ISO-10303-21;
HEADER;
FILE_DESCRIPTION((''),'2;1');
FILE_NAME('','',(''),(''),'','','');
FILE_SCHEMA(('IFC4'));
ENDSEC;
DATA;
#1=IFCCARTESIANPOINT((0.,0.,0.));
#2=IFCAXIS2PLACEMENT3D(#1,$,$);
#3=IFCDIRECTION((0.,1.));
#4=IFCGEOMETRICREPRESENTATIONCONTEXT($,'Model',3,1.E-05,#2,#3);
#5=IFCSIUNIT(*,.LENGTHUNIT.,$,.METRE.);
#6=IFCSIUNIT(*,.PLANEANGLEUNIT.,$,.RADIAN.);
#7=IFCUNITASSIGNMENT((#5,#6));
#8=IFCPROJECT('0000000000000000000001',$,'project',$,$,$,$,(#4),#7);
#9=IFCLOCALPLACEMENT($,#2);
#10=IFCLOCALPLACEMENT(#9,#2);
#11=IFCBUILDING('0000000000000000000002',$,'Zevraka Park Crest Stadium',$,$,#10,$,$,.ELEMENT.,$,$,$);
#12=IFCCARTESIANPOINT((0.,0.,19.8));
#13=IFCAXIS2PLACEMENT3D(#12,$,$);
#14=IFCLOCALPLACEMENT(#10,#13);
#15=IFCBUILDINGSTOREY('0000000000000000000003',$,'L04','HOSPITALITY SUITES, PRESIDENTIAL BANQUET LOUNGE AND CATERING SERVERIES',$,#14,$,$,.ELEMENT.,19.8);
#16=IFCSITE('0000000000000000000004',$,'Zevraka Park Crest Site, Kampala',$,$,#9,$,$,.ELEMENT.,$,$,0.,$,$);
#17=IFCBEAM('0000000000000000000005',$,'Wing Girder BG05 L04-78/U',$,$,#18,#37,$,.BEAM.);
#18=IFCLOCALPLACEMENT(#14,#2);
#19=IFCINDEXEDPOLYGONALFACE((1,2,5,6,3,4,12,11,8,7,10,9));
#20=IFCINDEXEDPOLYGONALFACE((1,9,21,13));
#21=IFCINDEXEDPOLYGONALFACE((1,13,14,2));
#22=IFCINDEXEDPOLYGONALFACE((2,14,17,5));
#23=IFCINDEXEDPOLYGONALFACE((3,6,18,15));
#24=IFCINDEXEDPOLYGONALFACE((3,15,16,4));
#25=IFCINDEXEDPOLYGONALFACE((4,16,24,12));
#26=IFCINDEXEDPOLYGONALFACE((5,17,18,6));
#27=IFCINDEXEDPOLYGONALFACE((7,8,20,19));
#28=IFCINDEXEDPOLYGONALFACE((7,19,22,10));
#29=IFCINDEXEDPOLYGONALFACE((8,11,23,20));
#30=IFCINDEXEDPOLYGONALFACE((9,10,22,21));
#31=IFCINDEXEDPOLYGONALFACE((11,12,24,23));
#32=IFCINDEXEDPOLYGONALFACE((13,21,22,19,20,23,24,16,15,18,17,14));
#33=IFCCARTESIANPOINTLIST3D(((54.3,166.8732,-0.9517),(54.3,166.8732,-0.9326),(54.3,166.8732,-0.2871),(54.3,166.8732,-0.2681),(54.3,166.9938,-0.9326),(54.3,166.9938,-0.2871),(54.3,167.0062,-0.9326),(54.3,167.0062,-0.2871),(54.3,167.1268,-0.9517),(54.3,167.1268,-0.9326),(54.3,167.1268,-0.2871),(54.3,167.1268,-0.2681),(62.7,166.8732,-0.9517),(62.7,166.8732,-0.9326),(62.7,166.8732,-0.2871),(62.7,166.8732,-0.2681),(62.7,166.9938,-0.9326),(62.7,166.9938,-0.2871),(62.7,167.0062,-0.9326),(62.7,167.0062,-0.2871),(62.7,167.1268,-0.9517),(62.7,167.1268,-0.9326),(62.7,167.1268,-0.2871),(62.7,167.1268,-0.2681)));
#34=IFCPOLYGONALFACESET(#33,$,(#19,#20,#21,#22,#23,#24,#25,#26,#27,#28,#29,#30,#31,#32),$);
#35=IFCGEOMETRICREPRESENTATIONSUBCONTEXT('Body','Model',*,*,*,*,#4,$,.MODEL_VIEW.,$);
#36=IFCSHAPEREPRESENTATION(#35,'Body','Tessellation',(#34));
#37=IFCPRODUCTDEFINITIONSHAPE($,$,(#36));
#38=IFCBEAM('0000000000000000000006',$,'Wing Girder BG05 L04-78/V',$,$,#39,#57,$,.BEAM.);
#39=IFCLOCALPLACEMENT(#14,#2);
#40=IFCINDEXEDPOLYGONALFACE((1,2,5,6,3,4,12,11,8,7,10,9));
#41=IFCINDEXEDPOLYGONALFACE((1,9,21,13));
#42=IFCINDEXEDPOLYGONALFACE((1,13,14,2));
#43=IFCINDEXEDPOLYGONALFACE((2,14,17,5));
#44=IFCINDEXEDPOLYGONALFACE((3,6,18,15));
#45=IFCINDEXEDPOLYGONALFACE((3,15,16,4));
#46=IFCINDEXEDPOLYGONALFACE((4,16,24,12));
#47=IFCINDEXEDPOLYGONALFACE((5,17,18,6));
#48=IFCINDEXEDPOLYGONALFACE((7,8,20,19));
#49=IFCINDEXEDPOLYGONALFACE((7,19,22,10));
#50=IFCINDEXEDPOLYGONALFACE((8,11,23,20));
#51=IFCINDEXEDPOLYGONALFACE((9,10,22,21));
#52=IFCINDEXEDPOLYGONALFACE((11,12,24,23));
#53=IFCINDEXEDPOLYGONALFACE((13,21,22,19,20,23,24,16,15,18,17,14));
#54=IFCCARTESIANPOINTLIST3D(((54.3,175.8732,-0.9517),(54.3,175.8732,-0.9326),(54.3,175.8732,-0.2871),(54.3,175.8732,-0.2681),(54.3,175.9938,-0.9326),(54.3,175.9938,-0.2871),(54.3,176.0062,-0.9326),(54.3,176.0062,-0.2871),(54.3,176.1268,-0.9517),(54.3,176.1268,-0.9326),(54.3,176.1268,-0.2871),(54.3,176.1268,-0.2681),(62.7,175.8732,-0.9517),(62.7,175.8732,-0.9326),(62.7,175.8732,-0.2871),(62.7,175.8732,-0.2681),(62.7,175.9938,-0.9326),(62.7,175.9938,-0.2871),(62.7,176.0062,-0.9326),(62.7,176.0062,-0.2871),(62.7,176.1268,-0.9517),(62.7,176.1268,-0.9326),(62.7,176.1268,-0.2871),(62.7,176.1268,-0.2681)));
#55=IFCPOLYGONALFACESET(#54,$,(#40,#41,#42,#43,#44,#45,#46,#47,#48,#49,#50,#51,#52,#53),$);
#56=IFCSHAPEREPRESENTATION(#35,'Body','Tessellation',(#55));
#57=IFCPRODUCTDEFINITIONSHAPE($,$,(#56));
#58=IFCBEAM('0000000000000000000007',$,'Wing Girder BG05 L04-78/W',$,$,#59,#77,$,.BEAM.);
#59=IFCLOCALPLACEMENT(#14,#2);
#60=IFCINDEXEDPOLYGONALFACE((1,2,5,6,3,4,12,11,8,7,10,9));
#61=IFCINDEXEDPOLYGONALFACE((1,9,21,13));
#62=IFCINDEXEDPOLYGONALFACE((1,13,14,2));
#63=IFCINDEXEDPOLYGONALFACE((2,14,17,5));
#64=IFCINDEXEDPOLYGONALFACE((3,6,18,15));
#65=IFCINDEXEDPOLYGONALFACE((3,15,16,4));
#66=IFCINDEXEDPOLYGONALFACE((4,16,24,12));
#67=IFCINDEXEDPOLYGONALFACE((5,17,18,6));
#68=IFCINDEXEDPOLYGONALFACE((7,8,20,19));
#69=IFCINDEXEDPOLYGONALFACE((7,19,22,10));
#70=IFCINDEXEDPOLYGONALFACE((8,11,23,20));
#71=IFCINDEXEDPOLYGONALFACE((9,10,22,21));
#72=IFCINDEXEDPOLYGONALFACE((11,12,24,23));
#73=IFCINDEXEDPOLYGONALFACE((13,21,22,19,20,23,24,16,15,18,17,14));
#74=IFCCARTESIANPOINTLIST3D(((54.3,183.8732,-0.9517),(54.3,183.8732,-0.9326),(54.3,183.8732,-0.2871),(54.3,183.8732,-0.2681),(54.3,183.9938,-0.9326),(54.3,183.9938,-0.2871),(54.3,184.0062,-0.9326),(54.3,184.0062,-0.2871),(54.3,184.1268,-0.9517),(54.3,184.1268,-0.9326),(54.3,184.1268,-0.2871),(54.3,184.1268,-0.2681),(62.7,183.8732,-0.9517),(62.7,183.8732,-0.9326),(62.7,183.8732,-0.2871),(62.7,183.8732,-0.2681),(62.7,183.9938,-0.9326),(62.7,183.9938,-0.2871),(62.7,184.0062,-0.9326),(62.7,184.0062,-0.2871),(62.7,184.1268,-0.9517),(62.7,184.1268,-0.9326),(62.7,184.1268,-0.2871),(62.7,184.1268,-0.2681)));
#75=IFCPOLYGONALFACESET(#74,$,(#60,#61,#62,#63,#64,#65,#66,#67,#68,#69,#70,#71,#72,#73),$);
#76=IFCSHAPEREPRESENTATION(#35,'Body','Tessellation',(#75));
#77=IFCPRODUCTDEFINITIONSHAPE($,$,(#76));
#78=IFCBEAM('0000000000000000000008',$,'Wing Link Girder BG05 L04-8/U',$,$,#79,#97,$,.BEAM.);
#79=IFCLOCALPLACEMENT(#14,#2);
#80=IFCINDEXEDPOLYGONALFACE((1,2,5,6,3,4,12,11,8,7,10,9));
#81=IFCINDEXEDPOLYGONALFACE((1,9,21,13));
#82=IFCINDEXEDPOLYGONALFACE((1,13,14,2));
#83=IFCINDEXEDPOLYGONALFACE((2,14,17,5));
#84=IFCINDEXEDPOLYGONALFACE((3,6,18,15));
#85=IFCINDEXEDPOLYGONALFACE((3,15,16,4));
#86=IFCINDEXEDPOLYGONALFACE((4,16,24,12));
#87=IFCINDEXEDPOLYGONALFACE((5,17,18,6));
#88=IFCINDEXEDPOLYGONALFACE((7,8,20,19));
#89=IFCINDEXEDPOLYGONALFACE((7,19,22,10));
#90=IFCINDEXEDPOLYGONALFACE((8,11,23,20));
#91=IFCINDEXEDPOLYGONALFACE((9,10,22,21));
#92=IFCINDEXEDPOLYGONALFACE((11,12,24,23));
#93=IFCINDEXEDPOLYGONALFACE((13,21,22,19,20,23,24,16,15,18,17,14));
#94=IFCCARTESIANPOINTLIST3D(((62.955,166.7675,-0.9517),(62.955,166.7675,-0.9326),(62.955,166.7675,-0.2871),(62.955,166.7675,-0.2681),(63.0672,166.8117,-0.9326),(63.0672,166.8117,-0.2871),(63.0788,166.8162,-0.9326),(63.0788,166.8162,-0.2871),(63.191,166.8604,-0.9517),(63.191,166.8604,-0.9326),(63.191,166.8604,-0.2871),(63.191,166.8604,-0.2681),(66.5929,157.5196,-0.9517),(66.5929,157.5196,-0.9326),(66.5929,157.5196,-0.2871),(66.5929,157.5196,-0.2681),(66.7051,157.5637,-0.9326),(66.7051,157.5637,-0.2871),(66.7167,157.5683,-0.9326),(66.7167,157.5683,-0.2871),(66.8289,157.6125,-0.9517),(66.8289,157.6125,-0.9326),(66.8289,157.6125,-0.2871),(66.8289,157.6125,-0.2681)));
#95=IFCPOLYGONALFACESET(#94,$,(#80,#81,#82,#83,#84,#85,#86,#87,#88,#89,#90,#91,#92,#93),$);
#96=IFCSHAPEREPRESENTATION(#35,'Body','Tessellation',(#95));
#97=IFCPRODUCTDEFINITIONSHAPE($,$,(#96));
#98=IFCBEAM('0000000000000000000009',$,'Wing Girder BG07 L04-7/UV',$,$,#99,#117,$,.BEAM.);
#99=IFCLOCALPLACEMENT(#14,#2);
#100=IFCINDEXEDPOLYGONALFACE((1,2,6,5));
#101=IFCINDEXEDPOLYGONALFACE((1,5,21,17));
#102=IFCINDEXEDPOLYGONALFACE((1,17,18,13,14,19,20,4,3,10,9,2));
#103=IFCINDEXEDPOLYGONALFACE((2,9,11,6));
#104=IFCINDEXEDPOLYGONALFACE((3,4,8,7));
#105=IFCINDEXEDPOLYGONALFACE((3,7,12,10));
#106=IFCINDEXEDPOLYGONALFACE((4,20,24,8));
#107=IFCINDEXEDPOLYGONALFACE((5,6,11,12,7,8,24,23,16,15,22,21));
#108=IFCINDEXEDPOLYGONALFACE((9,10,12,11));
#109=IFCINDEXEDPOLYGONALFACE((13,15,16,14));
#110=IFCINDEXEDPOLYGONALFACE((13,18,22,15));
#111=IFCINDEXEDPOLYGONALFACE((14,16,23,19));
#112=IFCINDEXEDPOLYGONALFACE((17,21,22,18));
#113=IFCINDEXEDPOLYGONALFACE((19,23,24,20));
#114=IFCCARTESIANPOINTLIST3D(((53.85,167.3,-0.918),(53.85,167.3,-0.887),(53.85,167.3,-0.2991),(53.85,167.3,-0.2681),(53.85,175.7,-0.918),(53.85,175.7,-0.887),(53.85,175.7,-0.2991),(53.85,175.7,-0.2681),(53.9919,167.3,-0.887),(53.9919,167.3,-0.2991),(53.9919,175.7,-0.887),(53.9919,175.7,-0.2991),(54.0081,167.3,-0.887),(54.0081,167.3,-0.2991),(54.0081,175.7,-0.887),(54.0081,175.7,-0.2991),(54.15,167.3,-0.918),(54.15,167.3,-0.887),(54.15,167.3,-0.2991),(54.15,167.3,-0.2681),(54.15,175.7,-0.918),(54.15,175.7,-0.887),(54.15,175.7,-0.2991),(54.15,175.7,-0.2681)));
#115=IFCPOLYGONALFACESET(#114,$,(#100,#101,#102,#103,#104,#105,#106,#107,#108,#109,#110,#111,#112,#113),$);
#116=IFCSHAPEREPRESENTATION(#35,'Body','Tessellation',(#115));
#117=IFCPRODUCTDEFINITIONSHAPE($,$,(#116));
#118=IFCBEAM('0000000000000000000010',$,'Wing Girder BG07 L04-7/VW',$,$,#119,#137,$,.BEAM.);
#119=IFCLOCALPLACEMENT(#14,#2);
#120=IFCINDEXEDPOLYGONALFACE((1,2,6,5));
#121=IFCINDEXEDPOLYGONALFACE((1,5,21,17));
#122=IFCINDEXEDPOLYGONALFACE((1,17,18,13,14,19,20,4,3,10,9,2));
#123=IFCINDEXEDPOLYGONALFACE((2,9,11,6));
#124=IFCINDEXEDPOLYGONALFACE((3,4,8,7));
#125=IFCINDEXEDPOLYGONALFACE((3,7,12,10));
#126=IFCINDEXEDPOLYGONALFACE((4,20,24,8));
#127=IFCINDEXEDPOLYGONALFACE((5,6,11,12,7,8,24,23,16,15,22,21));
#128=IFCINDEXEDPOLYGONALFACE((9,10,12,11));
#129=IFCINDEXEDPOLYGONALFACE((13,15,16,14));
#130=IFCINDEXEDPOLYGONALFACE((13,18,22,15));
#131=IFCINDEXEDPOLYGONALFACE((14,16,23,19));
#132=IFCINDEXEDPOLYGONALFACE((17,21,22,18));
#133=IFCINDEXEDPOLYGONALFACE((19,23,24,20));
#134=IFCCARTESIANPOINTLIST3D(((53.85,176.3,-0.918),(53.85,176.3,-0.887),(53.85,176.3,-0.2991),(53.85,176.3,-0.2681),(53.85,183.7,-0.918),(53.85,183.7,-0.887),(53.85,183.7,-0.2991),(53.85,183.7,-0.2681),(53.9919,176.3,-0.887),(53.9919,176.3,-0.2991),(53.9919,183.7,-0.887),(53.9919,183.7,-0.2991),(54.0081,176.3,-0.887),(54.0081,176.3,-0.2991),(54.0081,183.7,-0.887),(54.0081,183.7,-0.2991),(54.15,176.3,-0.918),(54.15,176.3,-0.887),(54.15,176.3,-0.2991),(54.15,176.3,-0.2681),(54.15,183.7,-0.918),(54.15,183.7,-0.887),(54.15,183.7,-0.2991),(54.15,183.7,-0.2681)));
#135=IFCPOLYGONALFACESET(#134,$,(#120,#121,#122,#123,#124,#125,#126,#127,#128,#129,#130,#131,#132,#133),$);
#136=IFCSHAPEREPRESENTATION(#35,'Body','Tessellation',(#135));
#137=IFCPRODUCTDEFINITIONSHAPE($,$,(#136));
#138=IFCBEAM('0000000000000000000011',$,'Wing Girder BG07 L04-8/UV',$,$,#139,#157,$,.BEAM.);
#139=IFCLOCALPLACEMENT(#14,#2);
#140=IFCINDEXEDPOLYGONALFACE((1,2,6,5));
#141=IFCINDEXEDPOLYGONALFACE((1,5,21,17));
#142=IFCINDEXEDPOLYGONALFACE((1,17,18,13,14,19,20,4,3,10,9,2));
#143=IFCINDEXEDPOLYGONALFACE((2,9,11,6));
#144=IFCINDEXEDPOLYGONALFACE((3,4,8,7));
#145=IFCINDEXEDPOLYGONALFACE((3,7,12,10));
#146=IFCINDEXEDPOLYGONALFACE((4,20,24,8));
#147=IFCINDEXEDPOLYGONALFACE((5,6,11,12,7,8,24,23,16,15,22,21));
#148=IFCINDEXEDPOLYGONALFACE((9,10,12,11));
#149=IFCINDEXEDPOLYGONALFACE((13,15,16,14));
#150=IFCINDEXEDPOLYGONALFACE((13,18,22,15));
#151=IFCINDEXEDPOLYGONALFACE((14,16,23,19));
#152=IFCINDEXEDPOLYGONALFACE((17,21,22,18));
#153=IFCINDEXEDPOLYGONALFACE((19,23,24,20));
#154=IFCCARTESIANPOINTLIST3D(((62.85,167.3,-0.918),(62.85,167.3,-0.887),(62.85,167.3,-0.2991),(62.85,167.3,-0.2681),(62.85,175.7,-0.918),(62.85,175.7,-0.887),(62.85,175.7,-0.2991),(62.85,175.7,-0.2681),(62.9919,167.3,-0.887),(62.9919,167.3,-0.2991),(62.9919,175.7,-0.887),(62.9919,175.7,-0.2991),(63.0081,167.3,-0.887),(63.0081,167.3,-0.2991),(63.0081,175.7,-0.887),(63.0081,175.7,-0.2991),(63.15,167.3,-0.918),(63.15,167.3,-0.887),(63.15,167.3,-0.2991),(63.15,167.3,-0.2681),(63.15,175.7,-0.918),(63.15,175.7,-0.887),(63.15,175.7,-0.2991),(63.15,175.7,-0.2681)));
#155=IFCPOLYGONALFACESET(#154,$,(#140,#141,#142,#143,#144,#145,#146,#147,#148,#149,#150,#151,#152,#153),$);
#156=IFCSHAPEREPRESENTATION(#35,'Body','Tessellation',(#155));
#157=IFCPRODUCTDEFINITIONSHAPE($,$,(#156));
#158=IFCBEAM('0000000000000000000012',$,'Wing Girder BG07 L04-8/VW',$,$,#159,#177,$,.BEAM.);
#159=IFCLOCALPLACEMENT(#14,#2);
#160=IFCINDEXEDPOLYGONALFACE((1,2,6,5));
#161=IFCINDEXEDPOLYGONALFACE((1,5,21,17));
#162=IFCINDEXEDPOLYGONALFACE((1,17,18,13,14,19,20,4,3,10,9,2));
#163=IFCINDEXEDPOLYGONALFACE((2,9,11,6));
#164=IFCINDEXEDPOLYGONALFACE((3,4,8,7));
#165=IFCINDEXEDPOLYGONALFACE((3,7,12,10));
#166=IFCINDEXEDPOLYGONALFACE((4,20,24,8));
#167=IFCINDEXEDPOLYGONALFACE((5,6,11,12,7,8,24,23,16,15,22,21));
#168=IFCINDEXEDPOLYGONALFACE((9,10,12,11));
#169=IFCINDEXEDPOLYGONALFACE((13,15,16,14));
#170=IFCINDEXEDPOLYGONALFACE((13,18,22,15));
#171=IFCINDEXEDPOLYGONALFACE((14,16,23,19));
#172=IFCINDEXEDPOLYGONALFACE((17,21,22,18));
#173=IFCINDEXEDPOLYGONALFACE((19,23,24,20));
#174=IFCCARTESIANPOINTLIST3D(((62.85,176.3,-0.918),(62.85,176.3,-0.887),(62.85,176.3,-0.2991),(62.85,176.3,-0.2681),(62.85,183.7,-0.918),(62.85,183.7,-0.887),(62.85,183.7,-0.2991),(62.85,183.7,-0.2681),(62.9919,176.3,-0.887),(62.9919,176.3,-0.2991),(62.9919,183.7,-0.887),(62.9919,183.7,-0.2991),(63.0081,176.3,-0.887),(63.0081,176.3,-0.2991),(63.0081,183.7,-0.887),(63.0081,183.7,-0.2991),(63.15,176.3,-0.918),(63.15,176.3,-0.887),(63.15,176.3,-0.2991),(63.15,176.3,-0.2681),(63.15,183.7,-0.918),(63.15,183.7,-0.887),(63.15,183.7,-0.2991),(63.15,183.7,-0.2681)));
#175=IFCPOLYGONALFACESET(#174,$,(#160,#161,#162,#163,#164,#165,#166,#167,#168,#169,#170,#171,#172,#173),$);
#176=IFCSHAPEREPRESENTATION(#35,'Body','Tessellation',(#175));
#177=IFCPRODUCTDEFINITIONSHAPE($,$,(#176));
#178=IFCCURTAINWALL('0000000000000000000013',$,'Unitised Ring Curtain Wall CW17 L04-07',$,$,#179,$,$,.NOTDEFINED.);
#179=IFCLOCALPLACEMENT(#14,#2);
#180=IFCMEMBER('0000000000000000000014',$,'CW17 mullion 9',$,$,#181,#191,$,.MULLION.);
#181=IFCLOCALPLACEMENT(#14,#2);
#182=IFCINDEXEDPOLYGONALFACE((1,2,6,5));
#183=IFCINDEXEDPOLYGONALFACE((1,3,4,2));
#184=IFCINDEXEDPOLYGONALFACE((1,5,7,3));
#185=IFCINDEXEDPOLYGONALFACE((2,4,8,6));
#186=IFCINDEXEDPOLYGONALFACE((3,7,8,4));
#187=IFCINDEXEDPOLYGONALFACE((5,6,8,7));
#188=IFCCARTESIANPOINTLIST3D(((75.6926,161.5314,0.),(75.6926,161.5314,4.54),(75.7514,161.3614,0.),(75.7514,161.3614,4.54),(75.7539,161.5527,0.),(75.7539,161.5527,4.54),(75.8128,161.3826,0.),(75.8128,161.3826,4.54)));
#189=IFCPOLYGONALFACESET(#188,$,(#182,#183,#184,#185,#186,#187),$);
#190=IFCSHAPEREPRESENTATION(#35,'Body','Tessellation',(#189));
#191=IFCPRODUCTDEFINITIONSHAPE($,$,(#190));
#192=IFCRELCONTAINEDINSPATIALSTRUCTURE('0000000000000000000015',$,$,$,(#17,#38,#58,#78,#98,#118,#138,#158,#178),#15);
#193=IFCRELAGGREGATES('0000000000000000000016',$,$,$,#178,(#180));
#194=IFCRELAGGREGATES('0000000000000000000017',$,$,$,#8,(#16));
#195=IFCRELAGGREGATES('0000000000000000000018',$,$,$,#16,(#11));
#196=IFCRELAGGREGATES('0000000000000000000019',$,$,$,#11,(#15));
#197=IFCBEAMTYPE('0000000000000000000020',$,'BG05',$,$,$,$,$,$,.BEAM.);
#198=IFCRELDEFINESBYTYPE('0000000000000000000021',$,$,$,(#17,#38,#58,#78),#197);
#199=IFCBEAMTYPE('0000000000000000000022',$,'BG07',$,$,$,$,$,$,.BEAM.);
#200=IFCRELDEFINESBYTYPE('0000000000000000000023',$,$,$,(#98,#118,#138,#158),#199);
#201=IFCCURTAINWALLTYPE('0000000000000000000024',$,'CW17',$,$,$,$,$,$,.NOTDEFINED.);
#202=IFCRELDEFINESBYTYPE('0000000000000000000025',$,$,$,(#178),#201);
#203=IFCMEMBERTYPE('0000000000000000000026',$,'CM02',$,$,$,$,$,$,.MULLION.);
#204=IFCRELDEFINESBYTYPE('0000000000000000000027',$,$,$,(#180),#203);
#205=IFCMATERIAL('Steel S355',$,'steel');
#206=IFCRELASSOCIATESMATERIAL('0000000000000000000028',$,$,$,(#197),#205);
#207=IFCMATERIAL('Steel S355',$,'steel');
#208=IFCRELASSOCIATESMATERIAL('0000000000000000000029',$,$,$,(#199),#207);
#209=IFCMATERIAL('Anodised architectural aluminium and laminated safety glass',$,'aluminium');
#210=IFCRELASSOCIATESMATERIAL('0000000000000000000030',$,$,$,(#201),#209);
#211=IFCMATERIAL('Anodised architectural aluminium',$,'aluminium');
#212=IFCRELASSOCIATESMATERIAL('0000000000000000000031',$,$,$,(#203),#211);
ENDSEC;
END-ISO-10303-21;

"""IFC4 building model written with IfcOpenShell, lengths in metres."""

from ifc_helpers import new_model, si_unit, direction, frame, origin, origin_2d, place, context, subcontext, project, spatial, rectangle, i_section, extrude, material, material_profile, profile_set, type_object, element, aggregate, save


model = new_model("IFC4")

# Units and contexts
model_context = context("Model", 3, precision=1e-05, world=origin(), true_north=direction((0.0, 1.0)))
body_context = subcontext(model_context, "Body", "Model", "MODEL_VIEW")
ifc_project = project(units=[si_unit("LENGTHUNIT", "METRE"), si_unit("PLANEANGLEUNIT", "RADIAN")], contexts=[model_context])

# Site, building, storey
site_placement = place(None, origin())
site = spatial("IfcSite", under=ifc_project, at=site_placement, Name="Zevraka Park Crest Site, Kampala", CompositionType="ELEMENT", RefElevation=0.0)
building_placement = place(site_placement, origin())
building = spatial("IfcBuilding", under=site, at=building_placement, Name="Zevraka Park Crest Stadium", CompositionType="ELEMENT")
storey_placement = place(building_placement, frame((0.0, 0.0, 19.8)))
storey = spatial("IfcBuildingStorey", under=building, at=storey_placement, Name="L04", Description="HOSPITALITY SUITES, PRESIDENTIAL BANQUET LOUNGE AND CATERING SERVERIES", CompositionType="ELEMENT", Elevation=19.8)

# Beams
ifc_material_1 = material(Name="Steel S355", Category="steel")
ifc_material_profile_1 = material_profile(ifc_material_1, i_section(OverallWidth=0.2537, OverallDepth=0.6836, WebThickness=0.0125, FlangeThickness=0.019, at=origin_2d()), Name="UKB 686x254x140")
ifc_profile_set_1 = profile_set([ifc_material_profile_1], Name="Steel S355")
beam_type_1 = type_object("IfcBeamType", Name="BG05", PredefinedType="BEAM", material=ifc_profile_set_1)
for number, where, z_axis, x_axis, name in (
    (1, (54.3, 167.0, -0.6099), (1.0, 0.0, 0.0), (0.0, 1.0, 0.0), "Wing Girder BG05 L04-78/U"),
    (2, (54.3, 176.0, -0.6099), (1.0, 0.0, 0.0), (0.0, 1.0, 0.0), "Wing Girder BG05 L04-78/V"),
    (3, (54.3, 184.0, -0.6099), (1.0, 0.0, 0.0), (0.0, 1.0, 0.0), "Wing Girder BG05 L04-78/W"),
):
    element("IfcBeam", number, at=place(storey_placement, frame(where, z_axis=z_axis, x_axis=x_axis)), inside=storey, type_object=beam_type_1, Name=name, PredefinedType="BEAM", context=body_context, shape_type="SweptSolid", body=[
        extrude(i_section(OverallWidth=0.2537, OverallDepth=0.6836, WebThickness=0.0125, FlangeThickness=0.019, at=origin_2d()), origin(), (0.0, 0.0, 1.0), 8.3999),
    ])
beam_1_placement = place(storey_placement, frame((63.073, 166.814, -0.6099), z_axis=(0.366069, -0.930588, 0.0), x_axis=(0.930588, 0.366069, 0.0)))
element("IfcBeam", 4, at=beam_1_placement, inside=storey, type_object=beam_type_1, Name="Wing Link Girder BG05 L04-8/U", PredefinedType="BEAM", context=body_context, shape_type="SweptSolid", body=[
    extrude(i_section(OverallWidth=0.2537, OverallDepth=0.6836, WebThickness=0.0125, FlangeThickness=0.019, at=origin_2d()), origin(), (0.0, 0.0, 1.0), 9.9377),
])
ifc_material_2 = material(Name="Steel S355", Category="steel")
ifc_material_profile_2 = material_profile(ifc_material_2, i_section(OverallWidth=0.3, OverallDepth=0.6499, WebThickness=0.0161, FlangeThickness=0.031, at=origin_2d()), Name="HEB 650")
ifc_profile_set_2 = profile_set([ifc_material_profile_2], Name="Steel S355")
beam_type_2 = type_object("IfcBeamType", Name="BG07", PredefinedType="BEAM", material=ifc_profile_set_2)
beam_2_placement = place(storey_placement, frame((54.0, 167.3, -0.593), z_axis=(0.0, 1.0, 0.0), x_axis=(-1.0, 0.0, 0.0)))
element("IfcBeam", 5, at=beam_2_placement, inside=storey, type_object=beam_type_2, Name="Wing Girder BG07 L04-7/UV", PredefinedType="BEAM", context=body_context, shape_type="SweptSolid", body=[
    extrude(i_section(OverallWidth=0.3, OverallDepth=0.6499, WebThickness=0.0161, FlangeThickness=0.031, at=origin_2d()), origin(), (0.0, 0.0, 1.0), 8.3999),
])
beam_3_placement = place(storey_placement, frame((54.0, 176.3, -0.593), z_axis=(0.0, 1.0, 0.0), x_axis=(-1.0, 0.0, 0.0)))
element("IfcBeam", 6, at=beam_3_placement, inside=storey, type_object=beam_type_2, Name="Wing Girder BG07 L04-7/VW", PredefinedType="BEAM", context=body_context, shape_type="SweptSolid", body=[
    extrude(i_section(OverallWidth=0.3, OverallDepth=0.6499, WebThickness=0.0161, FlangeThickness=0.031, at=origin_2d()), origin(), (0.0, 0.0, 1.0), 7.3999),
])
beam_4_placement = place(storey_placement, frame((63.0, 167.3, -0.593), z_axis=(0.0, 1.0, 0.0), x_axis=(-1.0, 0.0, 0.0)))
element("IfcBeam", 7, at=beam_4_placement, inside=storey, type_object=beam_type_2, Name="Wing Girder BG07 L04-8/UV", PredefinedType="BEAM", context=body_context, shape_type="SweptSolid", body=[
    extrude(i_section(OverallWidth=0.3, OverallDepth=0.6499, WebThickness=0.0161, FlangeThickness=0.031, at=origin_2d()), origin(), (0.0, 0.0, 1.0), 8.3999),
])
beam_5_placement = place(storey_placement, frame((63.0, 176.3, -0.593), z_axis=(0.0, 1.0, 0.0), x_axis=(-1.0, 0.0, 0.0)))
element("IfcBeam", 8, at=beam_5_placement, inside=storey, type_object=beam_type_2, Name="Wing Girder BG07 L04-8/VW", PredefinedType="BEAM", context=body_context, shape_type="SweptSolid", body=[
    extrude(i_section(OverallWidth=0.3, OverallDepth=0.6499, WebThickness=0.0161, FlangeThickness=0.031, at=origin_2d()), origin(), (0.0, 0.0, 1.0), 7.3999),
])

# Curtain wall, member
ifc_material_3 = material(Name="Anodised architectural aluminium and laminated safety glass", Category="aluminium")
curtain_wall_type = type_object("IfcCurtainWallType", Name="CW17", PredefinedType="NOTDEFINED", material=ifc_material_3)
curtain_wall_placement = place(storey_placement, origin())
curtain_wall = element("IfcCurtainWall", 9, at=curtain_wall_placement, inside=storey, type_object=curtain_wall_type, Name="Unitised Ring Curtain Wall CW17 L04-07", PredefinedType="NOTDEFINED")
ifc_material_4 = material(Name="Anodised architectural aluminium", Category="aluminium")
ifc_material_profile_3 = material_profile(ifc_material_4, rectangle(XDim=0.1799, YDim=0.0649, at=origin_2d()), Name="ALU MULLION 180x65")
ifc_profile_set_3 = profile_set([ifc_material_profile_3], Name="Anodised architectural aluminium")
member_type_1 = type_object("IfcMemberType", Name="CM02", PredefinedType="MULLION", material=ifc_profile_set_3)
member_1_placement = place(storey_placement, frame((75.7527, 161.457, 0.0), z_axis=(0.0, 0.0, 1.0), x_axis=(0.327245, -0.94494, 0.0)))
member_1 = element("IfcMember", 10, at=member_1_placement, type_object=member_type_1, Name="CW17 mullion 9", PredefinedType="MULLION", context=body_context, shape_type="SweptSolid", body=[
    extrude(rectangle(XDim=0.1799, YDim=0.0649, at=origin_2d()), origin(), (0.0, 0.0, 1.0), 4.54),
])

aggregate(curtain_wall, [member_1])

save(model, "model.ifc")
